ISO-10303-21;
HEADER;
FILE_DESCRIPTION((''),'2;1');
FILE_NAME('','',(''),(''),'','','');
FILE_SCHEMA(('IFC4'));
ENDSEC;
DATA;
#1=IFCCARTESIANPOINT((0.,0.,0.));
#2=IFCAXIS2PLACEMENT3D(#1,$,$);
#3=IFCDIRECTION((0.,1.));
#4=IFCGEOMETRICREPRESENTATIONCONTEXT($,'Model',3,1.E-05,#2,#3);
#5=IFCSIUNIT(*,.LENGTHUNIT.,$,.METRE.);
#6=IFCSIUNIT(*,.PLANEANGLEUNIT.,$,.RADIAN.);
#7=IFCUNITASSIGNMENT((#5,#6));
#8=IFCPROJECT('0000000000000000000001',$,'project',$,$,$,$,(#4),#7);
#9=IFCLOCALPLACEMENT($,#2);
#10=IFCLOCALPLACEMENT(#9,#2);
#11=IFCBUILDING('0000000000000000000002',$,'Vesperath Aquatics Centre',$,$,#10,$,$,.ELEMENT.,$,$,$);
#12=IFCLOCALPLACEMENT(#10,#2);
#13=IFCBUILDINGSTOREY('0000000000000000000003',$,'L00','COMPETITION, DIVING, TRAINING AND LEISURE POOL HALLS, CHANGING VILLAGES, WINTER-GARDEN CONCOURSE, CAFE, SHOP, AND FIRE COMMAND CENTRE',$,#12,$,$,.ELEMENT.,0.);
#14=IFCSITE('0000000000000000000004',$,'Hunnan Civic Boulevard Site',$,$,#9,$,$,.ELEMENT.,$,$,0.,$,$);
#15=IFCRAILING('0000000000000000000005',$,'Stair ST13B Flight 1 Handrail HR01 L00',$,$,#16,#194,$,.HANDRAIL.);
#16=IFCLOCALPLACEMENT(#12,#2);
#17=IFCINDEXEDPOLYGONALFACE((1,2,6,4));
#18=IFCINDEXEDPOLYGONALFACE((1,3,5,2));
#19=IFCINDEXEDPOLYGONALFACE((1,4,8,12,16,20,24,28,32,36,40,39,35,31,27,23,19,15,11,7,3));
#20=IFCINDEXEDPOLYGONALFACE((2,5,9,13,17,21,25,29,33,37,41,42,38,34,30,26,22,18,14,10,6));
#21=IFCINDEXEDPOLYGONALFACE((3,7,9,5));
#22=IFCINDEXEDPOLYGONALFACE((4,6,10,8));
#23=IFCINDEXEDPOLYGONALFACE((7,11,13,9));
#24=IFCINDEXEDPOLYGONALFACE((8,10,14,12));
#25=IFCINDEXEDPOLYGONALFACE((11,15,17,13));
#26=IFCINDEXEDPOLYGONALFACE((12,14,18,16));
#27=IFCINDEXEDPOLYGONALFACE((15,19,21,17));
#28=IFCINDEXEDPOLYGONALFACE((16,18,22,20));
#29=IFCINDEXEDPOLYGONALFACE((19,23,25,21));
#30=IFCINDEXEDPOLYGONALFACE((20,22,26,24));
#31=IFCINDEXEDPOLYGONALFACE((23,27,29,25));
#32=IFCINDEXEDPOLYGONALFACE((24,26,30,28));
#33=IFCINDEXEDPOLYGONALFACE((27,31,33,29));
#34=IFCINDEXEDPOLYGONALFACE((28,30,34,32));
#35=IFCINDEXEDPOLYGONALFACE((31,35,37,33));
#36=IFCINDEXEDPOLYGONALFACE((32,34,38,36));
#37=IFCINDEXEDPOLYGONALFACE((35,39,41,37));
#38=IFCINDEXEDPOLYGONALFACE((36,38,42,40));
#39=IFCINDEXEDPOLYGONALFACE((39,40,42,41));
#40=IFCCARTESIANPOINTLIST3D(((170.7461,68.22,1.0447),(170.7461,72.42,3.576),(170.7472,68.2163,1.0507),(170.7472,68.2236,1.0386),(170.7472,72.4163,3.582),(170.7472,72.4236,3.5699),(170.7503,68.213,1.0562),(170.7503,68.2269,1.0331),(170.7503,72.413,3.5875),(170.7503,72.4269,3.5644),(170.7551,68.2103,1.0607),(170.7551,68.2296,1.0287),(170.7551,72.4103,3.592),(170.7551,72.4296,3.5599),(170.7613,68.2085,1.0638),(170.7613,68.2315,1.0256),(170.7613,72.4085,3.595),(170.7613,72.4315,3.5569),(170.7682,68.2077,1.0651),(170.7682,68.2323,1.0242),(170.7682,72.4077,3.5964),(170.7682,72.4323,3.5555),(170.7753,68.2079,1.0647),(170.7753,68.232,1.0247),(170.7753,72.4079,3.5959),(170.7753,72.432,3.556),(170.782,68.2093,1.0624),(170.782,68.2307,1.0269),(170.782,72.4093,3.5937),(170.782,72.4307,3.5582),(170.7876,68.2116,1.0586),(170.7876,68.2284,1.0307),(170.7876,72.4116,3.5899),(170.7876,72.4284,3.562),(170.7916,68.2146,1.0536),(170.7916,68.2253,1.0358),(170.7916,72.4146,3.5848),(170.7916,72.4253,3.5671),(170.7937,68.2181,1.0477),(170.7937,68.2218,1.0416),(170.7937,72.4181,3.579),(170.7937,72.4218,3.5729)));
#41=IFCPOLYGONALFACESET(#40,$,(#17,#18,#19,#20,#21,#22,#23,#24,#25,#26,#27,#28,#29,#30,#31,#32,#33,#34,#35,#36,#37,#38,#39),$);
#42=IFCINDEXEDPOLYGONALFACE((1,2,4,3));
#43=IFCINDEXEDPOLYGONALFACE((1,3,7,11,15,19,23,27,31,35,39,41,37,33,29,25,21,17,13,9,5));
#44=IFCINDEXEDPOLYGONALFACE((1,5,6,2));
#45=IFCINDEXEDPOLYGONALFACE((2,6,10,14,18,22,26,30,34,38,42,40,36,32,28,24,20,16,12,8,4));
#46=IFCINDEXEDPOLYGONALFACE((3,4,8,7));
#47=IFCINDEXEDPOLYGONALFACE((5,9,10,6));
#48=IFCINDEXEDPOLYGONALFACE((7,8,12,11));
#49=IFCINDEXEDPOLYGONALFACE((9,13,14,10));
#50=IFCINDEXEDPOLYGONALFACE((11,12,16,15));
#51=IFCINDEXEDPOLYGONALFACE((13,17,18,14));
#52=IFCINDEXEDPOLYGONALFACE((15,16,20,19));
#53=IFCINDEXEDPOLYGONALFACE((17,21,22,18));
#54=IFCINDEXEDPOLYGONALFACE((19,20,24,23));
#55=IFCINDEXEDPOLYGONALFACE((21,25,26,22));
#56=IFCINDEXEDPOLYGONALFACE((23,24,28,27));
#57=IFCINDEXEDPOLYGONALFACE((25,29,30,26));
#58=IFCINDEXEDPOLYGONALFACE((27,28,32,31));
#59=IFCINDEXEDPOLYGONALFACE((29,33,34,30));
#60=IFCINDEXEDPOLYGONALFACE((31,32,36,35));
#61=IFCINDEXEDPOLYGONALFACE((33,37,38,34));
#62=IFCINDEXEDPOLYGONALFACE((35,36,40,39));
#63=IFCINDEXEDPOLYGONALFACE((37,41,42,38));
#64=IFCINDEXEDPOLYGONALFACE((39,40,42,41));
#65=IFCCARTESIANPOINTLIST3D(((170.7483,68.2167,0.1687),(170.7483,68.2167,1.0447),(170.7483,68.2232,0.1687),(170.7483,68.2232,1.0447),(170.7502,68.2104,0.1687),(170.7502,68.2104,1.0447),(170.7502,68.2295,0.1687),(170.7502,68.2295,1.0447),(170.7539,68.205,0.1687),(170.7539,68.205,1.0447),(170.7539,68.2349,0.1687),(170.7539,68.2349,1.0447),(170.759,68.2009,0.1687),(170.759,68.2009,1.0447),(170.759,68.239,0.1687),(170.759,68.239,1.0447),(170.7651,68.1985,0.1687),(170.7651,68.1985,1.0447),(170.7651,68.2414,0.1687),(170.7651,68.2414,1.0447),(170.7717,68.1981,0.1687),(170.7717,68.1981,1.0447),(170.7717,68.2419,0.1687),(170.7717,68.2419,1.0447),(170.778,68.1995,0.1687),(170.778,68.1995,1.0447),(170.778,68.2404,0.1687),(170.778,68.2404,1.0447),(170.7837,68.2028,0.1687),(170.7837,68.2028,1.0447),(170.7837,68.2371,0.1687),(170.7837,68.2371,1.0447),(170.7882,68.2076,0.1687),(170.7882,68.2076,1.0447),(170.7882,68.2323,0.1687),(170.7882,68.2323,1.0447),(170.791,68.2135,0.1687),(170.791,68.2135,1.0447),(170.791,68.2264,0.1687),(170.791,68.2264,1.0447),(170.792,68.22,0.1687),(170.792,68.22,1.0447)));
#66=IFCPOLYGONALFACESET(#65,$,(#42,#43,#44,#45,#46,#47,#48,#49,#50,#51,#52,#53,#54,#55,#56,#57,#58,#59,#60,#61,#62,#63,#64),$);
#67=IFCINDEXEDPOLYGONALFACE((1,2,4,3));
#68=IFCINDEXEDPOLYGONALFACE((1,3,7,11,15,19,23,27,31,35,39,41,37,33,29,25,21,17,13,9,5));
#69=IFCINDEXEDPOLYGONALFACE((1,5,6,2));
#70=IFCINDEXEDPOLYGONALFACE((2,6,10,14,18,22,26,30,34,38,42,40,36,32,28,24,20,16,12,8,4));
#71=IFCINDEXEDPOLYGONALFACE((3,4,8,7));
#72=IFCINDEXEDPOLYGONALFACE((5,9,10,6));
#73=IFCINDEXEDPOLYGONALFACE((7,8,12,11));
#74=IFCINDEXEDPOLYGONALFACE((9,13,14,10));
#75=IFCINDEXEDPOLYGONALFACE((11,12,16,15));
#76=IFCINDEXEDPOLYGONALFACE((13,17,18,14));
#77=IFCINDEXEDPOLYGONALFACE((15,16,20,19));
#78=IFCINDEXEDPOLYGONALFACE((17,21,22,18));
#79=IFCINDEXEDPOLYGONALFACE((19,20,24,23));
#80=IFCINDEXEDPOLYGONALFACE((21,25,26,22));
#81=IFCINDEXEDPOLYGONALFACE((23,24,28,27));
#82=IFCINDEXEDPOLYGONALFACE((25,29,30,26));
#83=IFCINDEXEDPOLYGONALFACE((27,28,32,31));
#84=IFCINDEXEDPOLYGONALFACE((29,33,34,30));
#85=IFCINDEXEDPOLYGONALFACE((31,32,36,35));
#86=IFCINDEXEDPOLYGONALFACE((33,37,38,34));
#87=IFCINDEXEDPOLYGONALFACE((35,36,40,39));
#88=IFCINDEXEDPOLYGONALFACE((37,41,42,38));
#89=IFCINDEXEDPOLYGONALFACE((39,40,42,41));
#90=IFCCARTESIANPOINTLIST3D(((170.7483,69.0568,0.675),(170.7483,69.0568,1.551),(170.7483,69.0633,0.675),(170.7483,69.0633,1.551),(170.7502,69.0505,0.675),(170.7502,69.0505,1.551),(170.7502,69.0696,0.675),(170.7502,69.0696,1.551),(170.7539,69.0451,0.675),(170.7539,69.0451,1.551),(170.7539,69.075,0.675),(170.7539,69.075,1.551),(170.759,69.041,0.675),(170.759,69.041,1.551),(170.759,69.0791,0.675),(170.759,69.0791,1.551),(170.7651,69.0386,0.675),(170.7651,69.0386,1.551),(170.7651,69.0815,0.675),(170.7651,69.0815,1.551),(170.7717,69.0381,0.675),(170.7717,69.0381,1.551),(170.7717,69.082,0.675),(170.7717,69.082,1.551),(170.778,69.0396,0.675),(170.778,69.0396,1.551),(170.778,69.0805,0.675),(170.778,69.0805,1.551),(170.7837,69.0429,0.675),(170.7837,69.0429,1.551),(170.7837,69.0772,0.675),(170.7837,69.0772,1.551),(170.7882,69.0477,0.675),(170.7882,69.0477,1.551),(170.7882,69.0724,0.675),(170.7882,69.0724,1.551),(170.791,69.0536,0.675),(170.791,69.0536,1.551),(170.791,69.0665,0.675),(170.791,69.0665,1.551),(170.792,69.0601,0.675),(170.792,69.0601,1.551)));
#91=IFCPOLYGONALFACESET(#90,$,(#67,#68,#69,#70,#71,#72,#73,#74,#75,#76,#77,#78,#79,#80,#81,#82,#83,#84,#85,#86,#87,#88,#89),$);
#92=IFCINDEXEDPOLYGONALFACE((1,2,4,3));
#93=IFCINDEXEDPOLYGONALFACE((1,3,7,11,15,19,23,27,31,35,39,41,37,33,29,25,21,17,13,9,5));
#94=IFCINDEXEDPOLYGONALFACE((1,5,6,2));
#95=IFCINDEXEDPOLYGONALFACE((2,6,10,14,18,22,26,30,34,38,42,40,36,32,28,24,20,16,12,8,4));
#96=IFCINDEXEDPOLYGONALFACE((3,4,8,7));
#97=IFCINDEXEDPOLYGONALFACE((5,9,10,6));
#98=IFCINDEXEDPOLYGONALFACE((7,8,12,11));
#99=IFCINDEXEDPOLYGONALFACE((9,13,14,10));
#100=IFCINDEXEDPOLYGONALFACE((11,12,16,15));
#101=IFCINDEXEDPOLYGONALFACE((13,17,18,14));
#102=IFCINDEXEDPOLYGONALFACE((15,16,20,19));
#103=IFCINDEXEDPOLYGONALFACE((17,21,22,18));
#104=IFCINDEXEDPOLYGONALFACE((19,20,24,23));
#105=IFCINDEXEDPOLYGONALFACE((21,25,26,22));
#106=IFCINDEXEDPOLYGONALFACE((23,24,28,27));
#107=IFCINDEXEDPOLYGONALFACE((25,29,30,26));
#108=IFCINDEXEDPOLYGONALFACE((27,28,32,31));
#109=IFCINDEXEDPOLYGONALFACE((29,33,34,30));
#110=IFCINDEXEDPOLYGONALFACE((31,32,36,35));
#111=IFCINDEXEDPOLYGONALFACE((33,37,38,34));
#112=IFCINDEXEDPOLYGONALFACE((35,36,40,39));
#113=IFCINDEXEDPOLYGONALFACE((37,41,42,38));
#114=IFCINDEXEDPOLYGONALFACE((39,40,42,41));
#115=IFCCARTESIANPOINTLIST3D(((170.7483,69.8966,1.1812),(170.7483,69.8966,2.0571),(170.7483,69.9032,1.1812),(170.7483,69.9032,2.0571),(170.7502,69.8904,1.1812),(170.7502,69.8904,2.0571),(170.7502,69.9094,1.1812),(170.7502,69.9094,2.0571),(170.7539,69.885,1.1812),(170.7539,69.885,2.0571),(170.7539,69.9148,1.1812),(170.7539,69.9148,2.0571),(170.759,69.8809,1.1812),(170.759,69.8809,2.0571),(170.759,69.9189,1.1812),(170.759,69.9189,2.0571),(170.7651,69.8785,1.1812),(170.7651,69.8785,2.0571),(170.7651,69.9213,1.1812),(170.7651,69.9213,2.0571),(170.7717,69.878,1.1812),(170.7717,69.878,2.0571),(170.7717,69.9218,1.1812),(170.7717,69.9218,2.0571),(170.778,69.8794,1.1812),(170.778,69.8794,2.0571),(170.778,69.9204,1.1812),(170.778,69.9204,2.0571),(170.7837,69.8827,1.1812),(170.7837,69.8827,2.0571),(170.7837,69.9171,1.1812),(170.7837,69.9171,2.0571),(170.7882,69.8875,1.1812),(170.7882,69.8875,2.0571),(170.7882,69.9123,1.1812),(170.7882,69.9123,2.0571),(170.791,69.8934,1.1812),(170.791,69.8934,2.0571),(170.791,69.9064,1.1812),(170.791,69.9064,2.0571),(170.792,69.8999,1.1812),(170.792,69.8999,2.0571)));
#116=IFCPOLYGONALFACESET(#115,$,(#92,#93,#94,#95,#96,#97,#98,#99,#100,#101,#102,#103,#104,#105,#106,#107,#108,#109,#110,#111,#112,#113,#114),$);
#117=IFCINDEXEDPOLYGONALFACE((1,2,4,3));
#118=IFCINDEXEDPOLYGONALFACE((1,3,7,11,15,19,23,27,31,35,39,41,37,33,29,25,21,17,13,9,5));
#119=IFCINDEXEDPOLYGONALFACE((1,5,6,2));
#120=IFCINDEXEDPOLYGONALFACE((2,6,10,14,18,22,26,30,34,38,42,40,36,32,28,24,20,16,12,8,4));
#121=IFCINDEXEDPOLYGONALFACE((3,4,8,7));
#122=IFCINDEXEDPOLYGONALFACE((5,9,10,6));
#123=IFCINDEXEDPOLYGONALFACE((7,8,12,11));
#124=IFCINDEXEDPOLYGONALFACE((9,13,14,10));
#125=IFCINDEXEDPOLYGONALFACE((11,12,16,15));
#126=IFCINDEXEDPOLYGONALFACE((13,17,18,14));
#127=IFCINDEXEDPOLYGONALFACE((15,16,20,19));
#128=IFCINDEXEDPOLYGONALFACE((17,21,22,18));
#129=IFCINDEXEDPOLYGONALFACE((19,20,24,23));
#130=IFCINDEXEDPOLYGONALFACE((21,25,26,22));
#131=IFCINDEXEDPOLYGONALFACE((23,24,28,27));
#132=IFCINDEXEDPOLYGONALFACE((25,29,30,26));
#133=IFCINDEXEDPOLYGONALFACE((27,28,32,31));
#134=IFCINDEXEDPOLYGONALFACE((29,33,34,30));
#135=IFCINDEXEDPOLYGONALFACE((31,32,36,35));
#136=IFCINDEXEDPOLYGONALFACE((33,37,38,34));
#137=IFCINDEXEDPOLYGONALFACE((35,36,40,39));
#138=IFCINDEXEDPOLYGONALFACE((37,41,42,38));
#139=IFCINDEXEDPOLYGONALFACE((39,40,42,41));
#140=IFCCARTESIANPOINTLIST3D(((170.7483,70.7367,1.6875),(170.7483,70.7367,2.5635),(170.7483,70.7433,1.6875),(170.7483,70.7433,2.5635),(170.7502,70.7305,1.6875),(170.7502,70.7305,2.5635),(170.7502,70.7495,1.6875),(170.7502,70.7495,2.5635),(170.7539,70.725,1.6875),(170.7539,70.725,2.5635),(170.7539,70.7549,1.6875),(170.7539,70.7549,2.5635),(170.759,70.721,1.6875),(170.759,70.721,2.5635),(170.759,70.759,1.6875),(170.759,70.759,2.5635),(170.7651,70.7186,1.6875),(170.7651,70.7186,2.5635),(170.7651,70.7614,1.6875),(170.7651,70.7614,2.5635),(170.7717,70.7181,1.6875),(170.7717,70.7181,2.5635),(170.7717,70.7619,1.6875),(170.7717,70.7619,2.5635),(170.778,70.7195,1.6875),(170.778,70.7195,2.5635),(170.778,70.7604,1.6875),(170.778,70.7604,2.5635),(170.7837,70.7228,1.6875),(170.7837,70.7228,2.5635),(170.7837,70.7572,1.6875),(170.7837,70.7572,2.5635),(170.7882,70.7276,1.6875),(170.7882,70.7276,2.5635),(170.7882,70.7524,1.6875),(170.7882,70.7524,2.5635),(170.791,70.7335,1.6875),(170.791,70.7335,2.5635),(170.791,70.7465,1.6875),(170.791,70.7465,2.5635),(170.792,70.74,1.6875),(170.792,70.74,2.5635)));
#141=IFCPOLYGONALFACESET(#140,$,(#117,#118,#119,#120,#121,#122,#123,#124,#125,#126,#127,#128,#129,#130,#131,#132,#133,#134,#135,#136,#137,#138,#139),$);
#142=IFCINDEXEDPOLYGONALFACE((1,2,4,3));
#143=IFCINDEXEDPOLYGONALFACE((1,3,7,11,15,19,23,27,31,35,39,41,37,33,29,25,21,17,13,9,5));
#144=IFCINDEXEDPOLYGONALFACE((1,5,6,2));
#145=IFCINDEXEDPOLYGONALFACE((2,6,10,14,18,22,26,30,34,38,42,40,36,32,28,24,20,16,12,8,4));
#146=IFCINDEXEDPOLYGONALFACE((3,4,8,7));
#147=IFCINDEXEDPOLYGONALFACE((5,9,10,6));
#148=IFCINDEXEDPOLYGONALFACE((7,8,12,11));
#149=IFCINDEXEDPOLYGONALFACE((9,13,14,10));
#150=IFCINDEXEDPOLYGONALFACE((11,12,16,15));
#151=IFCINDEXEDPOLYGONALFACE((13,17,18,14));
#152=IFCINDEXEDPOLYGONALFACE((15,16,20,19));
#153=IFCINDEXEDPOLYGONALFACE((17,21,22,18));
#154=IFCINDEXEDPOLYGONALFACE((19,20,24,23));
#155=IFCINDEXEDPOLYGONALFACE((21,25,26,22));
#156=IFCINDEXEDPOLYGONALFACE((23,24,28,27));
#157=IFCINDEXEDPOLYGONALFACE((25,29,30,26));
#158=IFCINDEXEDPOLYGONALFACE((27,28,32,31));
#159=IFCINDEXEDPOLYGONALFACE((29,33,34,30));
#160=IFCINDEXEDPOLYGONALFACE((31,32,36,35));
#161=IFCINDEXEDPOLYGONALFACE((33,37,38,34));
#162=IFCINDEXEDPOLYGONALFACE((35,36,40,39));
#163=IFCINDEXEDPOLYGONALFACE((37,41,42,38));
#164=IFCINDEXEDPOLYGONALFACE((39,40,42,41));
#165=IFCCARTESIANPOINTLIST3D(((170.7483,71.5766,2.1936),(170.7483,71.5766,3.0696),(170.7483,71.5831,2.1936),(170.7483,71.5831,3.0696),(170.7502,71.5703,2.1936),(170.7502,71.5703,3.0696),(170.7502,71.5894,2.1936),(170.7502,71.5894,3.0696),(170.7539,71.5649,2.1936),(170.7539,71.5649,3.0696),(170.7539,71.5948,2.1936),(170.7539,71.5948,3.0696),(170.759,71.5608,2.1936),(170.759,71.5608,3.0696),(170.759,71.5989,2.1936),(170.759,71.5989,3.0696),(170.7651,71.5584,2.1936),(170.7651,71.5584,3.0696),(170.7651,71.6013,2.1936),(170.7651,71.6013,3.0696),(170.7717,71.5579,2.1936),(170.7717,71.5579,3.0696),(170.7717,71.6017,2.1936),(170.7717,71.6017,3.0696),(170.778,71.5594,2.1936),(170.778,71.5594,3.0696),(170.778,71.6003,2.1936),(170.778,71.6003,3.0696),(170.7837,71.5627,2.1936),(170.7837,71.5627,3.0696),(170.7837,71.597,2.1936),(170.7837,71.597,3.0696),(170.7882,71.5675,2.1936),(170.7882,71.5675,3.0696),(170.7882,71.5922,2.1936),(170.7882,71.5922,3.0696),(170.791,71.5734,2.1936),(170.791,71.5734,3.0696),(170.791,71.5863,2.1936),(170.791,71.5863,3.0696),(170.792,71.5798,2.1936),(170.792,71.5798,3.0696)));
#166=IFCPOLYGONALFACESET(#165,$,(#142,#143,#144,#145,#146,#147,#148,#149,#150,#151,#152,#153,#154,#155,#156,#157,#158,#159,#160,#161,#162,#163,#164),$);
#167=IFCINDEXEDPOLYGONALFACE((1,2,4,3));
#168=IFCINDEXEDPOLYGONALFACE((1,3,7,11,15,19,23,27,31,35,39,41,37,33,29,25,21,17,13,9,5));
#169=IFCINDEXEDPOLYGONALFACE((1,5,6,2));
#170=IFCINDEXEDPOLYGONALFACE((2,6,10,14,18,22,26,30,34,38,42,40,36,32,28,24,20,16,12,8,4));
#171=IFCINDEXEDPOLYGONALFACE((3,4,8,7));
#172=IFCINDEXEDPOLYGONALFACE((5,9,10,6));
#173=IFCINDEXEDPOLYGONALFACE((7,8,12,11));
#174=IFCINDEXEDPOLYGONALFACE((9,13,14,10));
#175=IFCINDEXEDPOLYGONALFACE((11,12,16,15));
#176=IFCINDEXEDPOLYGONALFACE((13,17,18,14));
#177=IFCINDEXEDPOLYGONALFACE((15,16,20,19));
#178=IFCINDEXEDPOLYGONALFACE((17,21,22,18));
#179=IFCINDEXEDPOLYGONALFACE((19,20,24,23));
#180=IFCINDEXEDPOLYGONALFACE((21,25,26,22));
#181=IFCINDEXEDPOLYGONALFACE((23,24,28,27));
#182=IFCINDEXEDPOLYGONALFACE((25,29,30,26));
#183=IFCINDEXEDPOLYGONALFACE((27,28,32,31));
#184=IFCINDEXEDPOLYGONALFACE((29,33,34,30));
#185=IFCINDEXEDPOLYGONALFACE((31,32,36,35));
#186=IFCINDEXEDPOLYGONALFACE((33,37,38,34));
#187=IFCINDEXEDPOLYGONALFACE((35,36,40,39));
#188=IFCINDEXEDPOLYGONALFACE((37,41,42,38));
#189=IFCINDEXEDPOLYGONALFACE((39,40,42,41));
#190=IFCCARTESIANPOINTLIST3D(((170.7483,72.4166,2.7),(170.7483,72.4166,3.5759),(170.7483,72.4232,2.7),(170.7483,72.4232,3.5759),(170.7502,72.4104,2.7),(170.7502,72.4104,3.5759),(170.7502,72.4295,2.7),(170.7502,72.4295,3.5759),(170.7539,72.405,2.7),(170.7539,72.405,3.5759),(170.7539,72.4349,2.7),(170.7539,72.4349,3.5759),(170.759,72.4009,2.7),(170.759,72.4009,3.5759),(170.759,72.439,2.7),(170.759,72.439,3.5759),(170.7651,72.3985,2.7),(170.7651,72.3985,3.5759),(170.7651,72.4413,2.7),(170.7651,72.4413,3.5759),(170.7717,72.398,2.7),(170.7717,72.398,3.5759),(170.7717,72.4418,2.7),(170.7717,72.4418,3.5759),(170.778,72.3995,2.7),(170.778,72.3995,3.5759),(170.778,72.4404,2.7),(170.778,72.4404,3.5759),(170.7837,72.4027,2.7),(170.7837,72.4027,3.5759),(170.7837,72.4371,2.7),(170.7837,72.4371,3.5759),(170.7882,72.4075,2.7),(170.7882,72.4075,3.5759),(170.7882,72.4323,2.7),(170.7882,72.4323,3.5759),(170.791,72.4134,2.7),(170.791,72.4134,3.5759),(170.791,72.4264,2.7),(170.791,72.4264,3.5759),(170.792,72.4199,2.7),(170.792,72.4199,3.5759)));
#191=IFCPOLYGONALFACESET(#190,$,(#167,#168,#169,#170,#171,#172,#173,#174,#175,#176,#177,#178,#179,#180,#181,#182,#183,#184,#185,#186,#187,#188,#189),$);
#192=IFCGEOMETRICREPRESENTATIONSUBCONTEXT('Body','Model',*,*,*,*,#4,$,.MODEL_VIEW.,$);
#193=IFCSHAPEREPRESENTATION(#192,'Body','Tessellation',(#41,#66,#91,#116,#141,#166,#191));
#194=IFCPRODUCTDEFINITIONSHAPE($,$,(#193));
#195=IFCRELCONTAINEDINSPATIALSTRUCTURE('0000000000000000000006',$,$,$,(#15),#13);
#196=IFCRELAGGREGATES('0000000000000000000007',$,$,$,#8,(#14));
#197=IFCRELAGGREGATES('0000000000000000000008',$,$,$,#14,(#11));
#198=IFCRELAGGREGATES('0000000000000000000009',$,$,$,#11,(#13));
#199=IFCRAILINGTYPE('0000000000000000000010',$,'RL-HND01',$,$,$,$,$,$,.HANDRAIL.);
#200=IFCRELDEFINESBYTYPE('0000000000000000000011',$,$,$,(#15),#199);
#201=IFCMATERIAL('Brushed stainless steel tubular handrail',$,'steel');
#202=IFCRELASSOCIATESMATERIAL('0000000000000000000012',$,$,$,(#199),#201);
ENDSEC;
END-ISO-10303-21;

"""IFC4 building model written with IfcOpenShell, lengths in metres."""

from ifc_helpers import new_model, si_unit, direction, frame, origin, origin_2d, place, context, subcontext, project, spatial, circle, extrude, material, type_object, element, save


model = new_model("IFC4")

# Units and contexts
model_context = context("Model", 3, precision=1e-05, world=origin(), true_north=direction((0.0, 1.0)))
body_context = subcontext(model_context, "Body", "Model", "MODEL_VIEW")
ifc_project = project(units=[si_unit("LENGTHUNIT", "METRE"), si_unit("PLANEANGLEUNIT", "RADIAN")], contexts=[model_context])

# Site, building, storey
site_placement = place(None, origin())
site = spatial("IfcSite", under=ifc_project, at=site_placement, Name="Hunnan Civic Boulevard Site", CompositionType="ELEMENT", RefElevation=0.0)
building_placement = place(site_placement, origin())
building = spatial("IfcBuilding", under=site, at=building_placement, Name="Vesperath Aquatics Centre", CompositionType="ELEMENT")
storey_placement = place(building_placement, origin())
storey = spatial("IfcBuildingStorey", under=building, at=storey_placement, Name="L00", Description="COMPETITION, DIVING, TRAINING AND LEISURE POOL HALLS, CHANGING VILLAGES, WINTER-GARDEN CONCOURSE, CAFE, SHOP, AND FIRE COMMAND CENTRE", CompositionType="ELEMENT", Elevation=0.0)

# Railing
ifc_material_1 = material(Name="Brushed stainless steel tubular handrail", Category="steel")
railing_type_1 = type_object("IfcRailingType", Name="RL-HND01", PredefinedType="HANDRAIL", material=ifc_material_1)
railing_1_placement = place(storey_placement, frame((170.77, 68.22, 0.1687)))
element("IfcRailing", 1, at=railing_1_placement, inside=storey, type_object=railing_type_1, Name="Stair ST13B Flight 1 Handrail HR01 L00", PredefinedType="HANDRAIL", context=body_context, shape_type="SweptSolid", body=[
    extrude(circle(Radius=0.0239, at=origin_2d()), frame((0.0, 0.0, 0.876), z_axis=(0.0, 0.856476, 0.516186), x_axis=(-1.0, 0.0, 0.0)), (0.0, 0.0, 1.0), 4.9038),
    extrude(circle(Radius=0.022, at=origin_2d()), origin(), (0.0, 0.0, 1.0), 0.876),
    extrude(circle(Radius=0.022, at=origin_2d()), frame((0.0, 0.8401, 0.5063)), (0.0, 0.0, 1.0), 0.876),
    extrude(circle(Radius=0.022, at=origin_2d()), frame((0.0, 1.6799, 1.0125)), (0.0, 0.0, 1.0), 0.876),
    extrude(circle(Radius=0.022, at=origin_2d()), frame((0.0, 2.52, 1.5188)), (0.0, 0.0, 1.0), 0.876),
    extrude(circle(Radius=0.022, at=origin_2d()), frame((0.0, 3.3599, 2.0249)), (0.0, 0.0, 1.0), 0.876),
    extrude(circle(Radius=0.022, at=origin_2d()), frame((0.0, 4.2, 2.5312)), (0.0, 0.0, 1.0), 0.876),
])

save(model, "model.ifc")
